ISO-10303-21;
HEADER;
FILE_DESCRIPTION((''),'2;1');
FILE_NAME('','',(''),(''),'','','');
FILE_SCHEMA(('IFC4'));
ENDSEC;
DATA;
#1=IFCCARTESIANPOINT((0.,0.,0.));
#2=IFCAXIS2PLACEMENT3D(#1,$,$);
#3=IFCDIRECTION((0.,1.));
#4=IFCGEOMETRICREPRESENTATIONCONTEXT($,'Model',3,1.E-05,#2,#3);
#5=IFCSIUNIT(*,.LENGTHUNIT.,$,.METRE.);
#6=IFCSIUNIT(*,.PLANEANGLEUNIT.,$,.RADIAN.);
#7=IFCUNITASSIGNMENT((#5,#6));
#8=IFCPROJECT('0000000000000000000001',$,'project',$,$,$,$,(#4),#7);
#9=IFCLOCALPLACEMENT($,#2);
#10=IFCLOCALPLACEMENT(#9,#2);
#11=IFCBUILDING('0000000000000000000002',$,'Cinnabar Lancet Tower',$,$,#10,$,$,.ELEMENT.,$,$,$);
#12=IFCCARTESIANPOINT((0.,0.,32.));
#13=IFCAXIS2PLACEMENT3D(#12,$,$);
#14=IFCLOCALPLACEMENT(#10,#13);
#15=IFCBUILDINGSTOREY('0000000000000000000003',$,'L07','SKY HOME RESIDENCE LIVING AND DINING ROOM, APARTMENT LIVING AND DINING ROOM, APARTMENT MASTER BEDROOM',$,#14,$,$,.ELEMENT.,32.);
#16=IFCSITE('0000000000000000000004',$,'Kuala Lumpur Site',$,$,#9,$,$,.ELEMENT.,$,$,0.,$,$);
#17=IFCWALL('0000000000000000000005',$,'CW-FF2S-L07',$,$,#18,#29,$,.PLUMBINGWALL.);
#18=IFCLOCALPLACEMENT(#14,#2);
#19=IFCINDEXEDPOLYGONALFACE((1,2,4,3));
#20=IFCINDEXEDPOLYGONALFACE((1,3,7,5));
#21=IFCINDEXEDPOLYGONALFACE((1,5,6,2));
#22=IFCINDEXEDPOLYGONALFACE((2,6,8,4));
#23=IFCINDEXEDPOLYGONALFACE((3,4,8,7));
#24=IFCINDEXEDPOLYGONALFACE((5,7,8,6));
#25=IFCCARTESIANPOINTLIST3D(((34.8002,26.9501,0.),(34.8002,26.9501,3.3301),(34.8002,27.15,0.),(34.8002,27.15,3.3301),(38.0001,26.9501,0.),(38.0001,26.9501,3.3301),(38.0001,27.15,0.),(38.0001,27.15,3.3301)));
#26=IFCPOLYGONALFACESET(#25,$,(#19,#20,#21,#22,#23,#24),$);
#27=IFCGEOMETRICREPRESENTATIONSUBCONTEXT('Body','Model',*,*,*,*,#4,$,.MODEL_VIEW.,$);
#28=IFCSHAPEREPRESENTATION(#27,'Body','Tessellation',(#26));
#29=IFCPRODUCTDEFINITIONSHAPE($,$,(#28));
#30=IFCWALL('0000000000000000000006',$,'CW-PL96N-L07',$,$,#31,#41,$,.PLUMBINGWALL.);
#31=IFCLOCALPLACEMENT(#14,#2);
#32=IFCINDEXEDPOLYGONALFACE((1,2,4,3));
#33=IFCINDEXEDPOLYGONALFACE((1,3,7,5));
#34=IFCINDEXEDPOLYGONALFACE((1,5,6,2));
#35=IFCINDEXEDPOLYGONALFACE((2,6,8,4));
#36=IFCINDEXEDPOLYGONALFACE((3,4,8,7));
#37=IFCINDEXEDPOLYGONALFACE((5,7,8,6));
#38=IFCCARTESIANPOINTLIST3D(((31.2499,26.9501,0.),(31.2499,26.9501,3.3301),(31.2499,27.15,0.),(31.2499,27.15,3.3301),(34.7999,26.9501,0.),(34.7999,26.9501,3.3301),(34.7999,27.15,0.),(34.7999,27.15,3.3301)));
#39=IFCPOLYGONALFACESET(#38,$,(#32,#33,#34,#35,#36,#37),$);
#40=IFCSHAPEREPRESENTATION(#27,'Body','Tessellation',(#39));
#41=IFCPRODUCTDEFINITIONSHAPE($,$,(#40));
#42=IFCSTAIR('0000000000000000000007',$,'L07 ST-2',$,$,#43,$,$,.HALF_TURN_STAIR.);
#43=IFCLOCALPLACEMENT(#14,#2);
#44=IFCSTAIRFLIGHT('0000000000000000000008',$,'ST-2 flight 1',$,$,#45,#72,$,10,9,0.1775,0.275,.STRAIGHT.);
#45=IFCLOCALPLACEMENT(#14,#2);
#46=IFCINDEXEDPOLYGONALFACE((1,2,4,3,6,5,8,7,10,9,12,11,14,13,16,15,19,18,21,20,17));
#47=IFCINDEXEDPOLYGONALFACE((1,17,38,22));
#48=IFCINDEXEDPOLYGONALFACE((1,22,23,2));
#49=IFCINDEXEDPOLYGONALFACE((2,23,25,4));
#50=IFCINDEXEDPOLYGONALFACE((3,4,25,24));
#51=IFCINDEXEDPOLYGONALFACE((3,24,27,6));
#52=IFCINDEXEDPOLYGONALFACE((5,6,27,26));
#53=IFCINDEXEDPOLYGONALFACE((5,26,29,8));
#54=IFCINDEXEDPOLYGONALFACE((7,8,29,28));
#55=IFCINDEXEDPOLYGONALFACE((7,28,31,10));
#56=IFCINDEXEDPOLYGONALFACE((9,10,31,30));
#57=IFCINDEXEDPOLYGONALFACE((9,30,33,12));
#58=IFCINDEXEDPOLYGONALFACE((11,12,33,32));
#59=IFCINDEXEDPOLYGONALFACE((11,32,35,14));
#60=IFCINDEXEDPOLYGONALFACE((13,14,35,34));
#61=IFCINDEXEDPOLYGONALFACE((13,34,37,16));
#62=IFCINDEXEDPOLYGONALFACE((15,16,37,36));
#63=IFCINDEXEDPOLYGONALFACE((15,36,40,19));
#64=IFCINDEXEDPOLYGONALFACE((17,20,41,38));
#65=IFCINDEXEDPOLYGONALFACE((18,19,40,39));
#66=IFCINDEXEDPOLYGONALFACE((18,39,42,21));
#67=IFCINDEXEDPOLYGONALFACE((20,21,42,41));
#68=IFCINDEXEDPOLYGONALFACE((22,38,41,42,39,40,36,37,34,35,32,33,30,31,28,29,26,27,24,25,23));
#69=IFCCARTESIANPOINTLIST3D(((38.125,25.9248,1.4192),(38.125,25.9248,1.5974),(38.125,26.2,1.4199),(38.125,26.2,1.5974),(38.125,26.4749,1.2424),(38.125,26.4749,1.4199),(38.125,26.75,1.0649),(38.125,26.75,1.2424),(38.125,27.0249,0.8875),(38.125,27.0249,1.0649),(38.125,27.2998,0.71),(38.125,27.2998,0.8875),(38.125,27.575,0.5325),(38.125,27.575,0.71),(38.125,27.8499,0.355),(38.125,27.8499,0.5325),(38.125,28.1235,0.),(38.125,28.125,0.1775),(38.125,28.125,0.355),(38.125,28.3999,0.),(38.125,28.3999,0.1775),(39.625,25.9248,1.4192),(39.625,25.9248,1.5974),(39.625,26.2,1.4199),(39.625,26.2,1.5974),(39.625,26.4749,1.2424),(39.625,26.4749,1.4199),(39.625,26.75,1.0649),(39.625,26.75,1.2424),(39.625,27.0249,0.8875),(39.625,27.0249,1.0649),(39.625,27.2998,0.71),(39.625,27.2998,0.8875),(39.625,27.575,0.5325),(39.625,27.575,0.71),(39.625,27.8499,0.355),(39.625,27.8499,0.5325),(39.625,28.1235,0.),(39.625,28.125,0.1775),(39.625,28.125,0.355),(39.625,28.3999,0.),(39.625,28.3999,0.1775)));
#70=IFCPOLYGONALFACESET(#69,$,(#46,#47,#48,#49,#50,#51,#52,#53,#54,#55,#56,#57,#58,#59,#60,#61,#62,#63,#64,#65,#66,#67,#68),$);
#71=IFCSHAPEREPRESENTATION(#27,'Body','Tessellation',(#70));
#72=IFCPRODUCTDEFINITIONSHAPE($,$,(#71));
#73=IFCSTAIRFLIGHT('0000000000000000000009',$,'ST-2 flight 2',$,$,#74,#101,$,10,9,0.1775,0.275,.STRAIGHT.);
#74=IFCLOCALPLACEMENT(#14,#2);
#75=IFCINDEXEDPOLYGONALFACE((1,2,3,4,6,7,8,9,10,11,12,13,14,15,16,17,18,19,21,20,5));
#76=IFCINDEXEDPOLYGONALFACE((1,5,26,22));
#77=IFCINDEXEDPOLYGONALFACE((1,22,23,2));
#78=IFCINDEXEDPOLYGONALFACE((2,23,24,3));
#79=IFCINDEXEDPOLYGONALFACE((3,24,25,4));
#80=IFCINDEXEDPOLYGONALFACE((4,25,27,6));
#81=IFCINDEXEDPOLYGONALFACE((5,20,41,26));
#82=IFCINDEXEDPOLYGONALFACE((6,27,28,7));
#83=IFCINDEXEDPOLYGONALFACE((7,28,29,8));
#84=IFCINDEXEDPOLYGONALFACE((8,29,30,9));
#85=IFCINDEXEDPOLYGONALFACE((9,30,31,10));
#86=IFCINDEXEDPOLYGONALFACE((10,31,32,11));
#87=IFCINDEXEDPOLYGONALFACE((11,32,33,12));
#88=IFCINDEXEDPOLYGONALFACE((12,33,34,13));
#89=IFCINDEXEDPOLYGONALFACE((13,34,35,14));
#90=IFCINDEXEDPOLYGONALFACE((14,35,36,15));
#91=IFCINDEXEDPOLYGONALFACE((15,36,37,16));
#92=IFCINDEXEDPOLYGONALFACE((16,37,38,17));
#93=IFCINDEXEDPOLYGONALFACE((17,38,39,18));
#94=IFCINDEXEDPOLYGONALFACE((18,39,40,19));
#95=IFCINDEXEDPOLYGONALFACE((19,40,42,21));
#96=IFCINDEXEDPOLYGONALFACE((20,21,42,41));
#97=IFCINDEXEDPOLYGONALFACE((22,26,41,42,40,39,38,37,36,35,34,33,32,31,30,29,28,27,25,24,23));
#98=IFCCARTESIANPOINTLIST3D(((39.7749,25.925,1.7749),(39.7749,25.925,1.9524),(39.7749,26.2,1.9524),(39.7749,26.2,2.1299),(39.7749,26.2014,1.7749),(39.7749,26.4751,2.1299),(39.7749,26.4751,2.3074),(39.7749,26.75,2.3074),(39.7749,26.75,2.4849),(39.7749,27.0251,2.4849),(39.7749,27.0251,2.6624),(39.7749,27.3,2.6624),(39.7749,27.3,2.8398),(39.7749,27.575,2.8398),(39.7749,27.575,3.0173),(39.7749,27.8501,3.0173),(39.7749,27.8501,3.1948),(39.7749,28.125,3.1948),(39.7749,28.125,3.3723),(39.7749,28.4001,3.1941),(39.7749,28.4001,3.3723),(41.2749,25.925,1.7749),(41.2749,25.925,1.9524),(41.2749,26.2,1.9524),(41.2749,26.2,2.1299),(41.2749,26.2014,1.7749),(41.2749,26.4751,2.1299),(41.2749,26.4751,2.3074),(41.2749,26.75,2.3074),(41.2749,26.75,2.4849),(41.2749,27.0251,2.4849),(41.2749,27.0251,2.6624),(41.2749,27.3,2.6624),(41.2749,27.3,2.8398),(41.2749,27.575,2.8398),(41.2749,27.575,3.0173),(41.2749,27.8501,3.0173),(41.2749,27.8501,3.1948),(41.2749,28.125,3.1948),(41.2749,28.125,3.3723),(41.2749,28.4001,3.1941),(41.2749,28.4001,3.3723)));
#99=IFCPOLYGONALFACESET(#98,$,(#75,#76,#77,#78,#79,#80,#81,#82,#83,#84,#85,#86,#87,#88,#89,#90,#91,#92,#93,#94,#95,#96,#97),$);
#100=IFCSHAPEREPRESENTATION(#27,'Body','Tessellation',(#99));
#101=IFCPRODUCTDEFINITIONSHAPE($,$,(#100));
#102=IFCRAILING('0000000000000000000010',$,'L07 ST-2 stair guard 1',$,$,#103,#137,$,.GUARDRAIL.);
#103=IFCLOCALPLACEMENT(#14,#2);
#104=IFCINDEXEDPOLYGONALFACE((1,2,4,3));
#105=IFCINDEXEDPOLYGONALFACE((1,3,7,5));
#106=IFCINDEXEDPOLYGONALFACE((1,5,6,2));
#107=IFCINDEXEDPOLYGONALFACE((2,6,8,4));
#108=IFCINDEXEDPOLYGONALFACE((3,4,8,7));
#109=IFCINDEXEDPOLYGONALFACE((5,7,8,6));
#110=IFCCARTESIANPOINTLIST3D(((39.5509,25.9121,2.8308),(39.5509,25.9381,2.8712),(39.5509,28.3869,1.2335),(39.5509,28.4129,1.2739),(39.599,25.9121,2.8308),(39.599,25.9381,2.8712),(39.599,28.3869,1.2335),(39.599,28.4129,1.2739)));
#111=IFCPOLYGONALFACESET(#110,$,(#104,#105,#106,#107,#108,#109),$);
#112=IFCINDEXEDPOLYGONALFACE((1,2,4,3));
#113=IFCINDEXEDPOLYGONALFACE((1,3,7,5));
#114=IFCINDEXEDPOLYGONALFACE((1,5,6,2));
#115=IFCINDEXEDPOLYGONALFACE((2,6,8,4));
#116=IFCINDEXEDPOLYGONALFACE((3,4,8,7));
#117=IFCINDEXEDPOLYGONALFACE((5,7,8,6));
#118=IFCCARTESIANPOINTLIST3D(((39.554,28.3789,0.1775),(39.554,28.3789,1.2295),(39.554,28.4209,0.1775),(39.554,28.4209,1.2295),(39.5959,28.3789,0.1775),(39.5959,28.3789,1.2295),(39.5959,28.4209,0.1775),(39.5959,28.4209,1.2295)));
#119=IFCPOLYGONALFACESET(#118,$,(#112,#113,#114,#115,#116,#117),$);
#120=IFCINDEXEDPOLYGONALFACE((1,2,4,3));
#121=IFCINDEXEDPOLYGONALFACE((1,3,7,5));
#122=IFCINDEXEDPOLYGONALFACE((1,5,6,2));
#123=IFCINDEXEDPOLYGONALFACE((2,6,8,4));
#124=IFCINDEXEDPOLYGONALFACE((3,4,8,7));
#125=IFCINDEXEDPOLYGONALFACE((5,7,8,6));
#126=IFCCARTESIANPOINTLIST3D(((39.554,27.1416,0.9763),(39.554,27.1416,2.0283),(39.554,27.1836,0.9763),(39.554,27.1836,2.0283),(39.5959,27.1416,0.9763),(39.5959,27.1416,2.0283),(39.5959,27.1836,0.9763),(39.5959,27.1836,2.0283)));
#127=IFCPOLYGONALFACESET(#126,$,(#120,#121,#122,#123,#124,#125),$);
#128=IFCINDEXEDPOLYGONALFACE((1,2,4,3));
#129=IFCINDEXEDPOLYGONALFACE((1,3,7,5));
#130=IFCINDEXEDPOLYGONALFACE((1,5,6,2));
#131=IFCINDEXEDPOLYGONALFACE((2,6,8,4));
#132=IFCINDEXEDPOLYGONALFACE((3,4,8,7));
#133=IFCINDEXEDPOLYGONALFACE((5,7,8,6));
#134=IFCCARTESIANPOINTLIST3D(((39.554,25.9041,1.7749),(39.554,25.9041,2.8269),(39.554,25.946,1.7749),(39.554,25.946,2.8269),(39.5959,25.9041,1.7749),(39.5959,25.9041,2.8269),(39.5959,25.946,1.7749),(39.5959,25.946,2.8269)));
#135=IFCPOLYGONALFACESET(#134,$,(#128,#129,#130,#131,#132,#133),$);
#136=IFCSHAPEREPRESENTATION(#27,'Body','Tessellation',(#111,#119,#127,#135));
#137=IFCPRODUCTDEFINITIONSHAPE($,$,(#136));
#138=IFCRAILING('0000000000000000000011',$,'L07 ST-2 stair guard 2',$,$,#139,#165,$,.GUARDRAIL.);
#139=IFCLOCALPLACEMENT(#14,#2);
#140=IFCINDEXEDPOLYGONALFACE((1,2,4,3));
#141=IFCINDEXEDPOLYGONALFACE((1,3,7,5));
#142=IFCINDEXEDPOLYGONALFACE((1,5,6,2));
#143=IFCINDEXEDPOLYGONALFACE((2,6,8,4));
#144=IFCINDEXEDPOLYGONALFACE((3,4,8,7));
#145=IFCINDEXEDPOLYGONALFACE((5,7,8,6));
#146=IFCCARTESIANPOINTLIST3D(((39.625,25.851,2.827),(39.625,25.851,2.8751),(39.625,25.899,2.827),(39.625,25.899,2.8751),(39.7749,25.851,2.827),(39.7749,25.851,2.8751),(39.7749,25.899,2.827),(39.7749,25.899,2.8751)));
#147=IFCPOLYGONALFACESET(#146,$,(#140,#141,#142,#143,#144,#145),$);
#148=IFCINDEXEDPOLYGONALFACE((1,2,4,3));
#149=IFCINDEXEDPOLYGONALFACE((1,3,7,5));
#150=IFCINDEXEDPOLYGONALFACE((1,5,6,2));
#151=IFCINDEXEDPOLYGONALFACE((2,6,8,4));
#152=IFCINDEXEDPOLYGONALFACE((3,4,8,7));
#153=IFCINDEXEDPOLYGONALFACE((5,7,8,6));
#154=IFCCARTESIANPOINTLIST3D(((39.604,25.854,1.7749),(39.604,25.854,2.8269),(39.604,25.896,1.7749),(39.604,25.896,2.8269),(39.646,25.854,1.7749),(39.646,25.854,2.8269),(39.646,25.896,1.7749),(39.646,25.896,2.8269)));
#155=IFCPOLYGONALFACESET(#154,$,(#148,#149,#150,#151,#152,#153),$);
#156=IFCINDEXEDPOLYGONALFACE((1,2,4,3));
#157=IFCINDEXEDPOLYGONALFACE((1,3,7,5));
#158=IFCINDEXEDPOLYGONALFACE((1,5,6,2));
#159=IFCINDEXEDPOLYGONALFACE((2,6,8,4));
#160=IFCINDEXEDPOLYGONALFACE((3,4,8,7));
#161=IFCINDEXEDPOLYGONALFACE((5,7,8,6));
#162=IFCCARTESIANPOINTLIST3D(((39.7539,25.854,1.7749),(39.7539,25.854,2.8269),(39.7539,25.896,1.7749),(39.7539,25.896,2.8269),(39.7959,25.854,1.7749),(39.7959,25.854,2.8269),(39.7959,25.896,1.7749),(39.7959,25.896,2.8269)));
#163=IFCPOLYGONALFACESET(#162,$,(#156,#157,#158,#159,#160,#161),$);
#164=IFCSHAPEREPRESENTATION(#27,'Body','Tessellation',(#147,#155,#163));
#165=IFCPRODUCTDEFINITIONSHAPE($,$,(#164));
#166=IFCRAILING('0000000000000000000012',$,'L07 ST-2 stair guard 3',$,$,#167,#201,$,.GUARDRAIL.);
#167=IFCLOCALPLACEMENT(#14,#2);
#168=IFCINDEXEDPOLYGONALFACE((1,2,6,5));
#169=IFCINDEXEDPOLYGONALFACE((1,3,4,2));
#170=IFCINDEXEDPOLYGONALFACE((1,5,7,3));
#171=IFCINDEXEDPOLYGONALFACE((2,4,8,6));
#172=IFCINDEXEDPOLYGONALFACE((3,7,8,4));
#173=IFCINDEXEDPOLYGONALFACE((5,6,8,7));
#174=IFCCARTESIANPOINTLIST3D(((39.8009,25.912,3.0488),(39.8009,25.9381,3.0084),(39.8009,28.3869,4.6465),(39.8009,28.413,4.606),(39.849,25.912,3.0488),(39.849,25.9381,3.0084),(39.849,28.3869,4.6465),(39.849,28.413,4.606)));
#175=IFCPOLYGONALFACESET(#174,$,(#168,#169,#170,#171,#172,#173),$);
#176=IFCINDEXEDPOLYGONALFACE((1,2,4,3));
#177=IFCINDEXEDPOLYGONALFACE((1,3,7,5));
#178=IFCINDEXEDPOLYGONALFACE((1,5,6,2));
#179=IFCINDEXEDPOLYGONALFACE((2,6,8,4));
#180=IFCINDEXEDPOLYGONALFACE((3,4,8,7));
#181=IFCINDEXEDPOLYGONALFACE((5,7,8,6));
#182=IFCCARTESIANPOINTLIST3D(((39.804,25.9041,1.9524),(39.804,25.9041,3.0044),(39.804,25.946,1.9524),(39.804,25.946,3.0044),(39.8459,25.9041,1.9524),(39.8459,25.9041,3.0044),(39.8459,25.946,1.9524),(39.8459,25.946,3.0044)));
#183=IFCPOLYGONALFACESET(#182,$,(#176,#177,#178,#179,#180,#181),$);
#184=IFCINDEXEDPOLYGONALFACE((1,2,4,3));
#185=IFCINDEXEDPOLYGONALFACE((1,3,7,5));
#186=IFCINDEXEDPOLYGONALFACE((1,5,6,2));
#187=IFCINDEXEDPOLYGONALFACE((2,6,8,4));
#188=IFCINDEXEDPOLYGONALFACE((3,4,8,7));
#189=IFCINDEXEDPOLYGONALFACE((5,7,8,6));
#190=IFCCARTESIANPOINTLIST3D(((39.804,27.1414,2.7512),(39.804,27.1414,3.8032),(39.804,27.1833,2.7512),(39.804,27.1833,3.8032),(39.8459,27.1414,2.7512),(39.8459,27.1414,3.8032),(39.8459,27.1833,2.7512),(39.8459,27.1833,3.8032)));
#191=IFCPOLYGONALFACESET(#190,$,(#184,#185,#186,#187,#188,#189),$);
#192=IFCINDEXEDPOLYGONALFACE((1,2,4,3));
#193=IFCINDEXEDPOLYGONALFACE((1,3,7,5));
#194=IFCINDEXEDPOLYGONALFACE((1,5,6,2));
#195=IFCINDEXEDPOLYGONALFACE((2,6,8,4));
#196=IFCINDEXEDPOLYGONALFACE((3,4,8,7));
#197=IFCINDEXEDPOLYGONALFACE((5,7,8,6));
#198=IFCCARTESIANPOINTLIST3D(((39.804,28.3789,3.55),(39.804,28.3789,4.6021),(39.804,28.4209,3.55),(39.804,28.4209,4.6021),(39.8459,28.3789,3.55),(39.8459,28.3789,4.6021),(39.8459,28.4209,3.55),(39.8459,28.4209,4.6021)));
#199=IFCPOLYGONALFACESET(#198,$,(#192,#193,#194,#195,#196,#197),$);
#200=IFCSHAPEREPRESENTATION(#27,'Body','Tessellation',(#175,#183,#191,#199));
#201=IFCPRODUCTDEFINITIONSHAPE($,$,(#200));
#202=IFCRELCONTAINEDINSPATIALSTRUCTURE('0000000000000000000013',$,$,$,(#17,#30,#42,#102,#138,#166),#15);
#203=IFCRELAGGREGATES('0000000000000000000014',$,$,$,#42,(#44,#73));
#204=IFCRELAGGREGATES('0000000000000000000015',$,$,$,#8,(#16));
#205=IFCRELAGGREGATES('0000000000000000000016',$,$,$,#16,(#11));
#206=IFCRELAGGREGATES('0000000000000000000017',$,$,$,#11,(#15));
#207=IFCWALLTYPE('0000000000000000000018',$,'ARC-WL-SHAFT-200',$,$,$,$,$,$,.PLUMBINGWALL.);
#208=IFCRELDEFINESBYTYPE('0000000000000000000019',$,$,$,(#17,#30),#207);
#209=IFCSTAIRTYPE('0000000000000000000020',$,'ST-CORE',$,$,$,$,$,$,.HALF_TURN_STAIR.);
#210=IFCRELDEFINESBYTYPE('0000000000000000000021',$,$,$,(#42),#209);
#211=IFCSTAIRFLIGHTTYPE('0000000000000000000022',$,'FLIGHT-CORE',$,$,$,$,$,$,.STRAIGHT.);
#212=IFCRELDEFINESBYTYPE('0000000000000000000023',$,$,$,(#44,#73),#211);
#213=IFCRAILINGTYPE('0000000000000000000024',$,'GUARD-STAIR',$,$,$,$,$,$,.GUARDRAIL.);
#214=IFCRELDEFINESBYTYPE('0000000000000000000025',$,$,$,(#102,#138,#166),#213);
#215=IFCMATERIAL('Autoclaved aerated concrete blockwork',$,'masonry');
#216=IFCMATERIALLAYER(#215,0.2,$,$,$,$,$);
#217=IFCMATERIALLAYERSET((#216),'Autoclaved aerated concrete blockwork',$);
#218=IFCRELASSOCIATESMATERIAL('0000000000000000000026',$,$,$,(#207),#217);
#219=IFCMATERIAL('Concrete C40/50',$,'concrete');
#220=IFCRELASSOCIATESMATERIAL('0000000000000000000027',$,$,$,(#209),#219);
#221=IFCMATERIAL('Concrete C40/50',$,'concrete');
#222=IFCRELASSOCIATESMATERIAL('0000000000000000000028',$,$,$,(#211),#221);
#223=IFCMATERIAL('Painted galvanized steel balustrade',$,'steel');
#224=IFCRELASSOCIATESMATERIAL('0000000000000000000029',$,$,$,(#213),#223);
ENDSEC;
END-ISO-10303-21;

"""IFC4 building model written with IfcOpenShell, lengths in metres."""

from ifc_helpers import new_model, si_unit, direction, frame, frame_2d, origin, origin_2d, place, context, subcontext, project, spatial, polyline, rectangle, outline, extrude, material, layer, layer_set, type_object, element, aggregate, save


model = new_model("IFC4")

# Units and contexts
model_context = context("Model", 3, precision=1e-05, world=origin(), true_north=direction((0.0, 1.0)))
body_context = subcontext(model_context, "Body", "Model", "MODEL_VIEW")
ifc_project = project(units=[si_unit("LENGTHUNIT", "METRE"), si_unit("PLANEANGLEUNIT", "RADIAN")], contexts=[model_context])

# Site, building, storey
site_placement = place(None, origin())
site = spatial("IfcSite", under=ifc_project, at=site_placement, Name="Kuala Lumpur Site", CompositionType="ELEMENT", RefElevation=0.0)
building_placement = place(site_placement, origin())
building = spatial("IfcBuilding", under=site, at=building_placement, Name="Cinnabar Lancet Tower", CompositionType="ELEMENT")
storey_placement = place(building_placement, frame((0.0, 0.0, 32.0)))
storey = spatial("IfcBuildingStorey", under=building, at=storey_placement, Name="L07", Description="SKY HOME RESIDENCE LIVING AND DINING ROOM, APARTMENT LIVING AND DINING ROOM, APARTMENT MASTER BEDROOM", CompositionType="ELEMENT", Elevation=32.0)

# Shared definitions
ifc_material_1 = material(Name="Autoclaved aerated concrete blockwork", Category="masonry")
ifc_layer = layer(ifc_material_1, 0.2)
ifc_layer_set = layer_set([ifc_layer], Name="Autoclaved aerated concrete blockwork")
wall_type = type_object("IfcWallType", Name="ARC-WL-SHAFT-200", PredefinedType="PLUMBINGWALL", material=ifc_layer_set)

# Walls
wall_1_placement = place(storey_placement, frame((34.8, 27.05, 0.0), z_axis=(0.0, 0.0, 1.0), x_axis=(1.0, 0.0, 0.0)))
element("IfcWall", 1, at=wall_1_placement, inside=storey, type_object=wall_type, Name="CW-FF2S-L07", PredefinedType="PLUMBINGWALL", context=body_context, shape_type="SweptSolid", body=[
    extrude(rectangle(XDim=3.2, YDim=0.2, at=frame_2d((1.6001, 0.0))), origin(), (0.0, 0.0, 1.0), 3.3301),
])
wall_2_placement = place(storey_placement, frame((31.25, 27.05, 0.0), z_axis=(0.0, 0.0, 1.0), x_axis=(1.0, 0.0, 0.0)))
element("IfcWall", 2, at=wall_2_placement, inside=storey, type_object=wall_type, Name="CW-PL96N-L07", PredefinedType="PLUMBINGWALL", context=body_context, shape_type="SweptSolid", body=[
    extrude(rectangle(XDim=3.55, YDim=0.2, at=frame_2d((1.7749, 0.0))), origin(), (0.0, 0.0, 1.0), 3.3301),
])

# Stair, stair flights
ifc_material_2 = material(Name="Concrete C40/50", Category="concrete")
stair_type = type_object("IfcStairType", Name="ST-CORE", PredefinedType="HALF_TURN_STAIR", material=ifc_material_2)
stair_placement = place(storey_placement, origin())
stair = element("IfcStair", 3, at=stair_placement, inside=storey, type_object=stair_type, Name="L07 ST-2", PredefinedType="HALF_TURN_STAIR")
ifc_material_3 = material(Name="Concrete C40/50", Category="concrete")
stair_flight_type = type_object("IfcStairFlightType", Name="FLIGHT-CORE", PredefinedType="STRAIGHT", material=ifc_material_3)
stair_flight_1_placement = place(storey_placement, frame((38.875, 28.3999, 0.0), z_axis=(0.0, 0.0, 1.0), x_axis=(0.0, -1.0, 0.0)))
stair_flight_1 = element("IfcStairFlight", 4, at=stair_flight_1_placement, type_object=stair_flight_type, Name="ST-2 flight 1", NumberOfRisers=10, NumberOfTreads=9, PredefinedType="STRAIGHT", RiserHeight=0.1775, TreadLength=0.275, context=body_context, shape_type="SweptSolid", body=[
    extrude(outline(polyline([(0.0, 0.0), (0.0, 0.1775), (0.2749, 0.1775), (0.2749, 0.355), (0.55, 0.355), (0.55, 0.5325), (0.825, 0.5325), (0.825, 0.71), (1.1001, 0.71), (1.1001, 0.8875), (1.375, 0.8875), (1.375, 1.0649), (1.6499, 1.0649), (1.6499, 1.2424), (1.925, 1.2424), (1.925, 1.4199), (2.2, 1.4199), (2.2, 1.5974), (2.4751, 1.5974), (2.4751, 1.7749), (2.4751, 1.4192), (0.2764, 0.0), (0.0, 0.0)])), frame((0.0, 0.75, 0.0), z_axis=(0.0, -1.0, 0.0), x_axis=(1.0, 0.0, 0.0)), (0.0, 0.0, 1.0), 1.5),
])
stair_flight_2_placement = place(storey_placement, frame((40.5249, 25.925, 1.7749), z_axis=(0.0, 0.0, 1.0), x_axis=(0.0, 1.0, 0.0)))
stair_flight_2 = element("IfcStairFlight", 5, at=stair_flight_2_placement, type_object=stair_flight_type, Name="ST-2 flight 2", NumberOfRisers=10, NumberOfTreads=9, PredefinedType="STRAIGHT", RiserHeight=0.1775, TreadLength=0.275, context=body_context, shape_type="SweptSolid", body=[
    extrude(outline(polyline([(0.0, 0.0), (0.0, 0.1775), (0.2749, 0.1775), (0.2749, 0.355), (0.55, 0.355), (0.55, 0.5325), (0.825, 0.5325), (0.825, 0.71), (1.1001, 0.71), (1.1001, 0.8875), (1.375, 0.8875), (1.375, 1.0649), (1.6499, 1.0649), (1.6499, 1.2424), (1.925, 1.2424), (1.925, 1.4199), (2.2, 1.4199), (2.2, 1.5974), (2.4751, 1.5974), (2.4751, 1.7749), (2.4751, 1.4192), (0.2764, 0.0), (0.0, 0.0)])), frame((0.0, 0.75, 0.0), z_axis=(0.0, -1.0, 0.0), x_axis=(1.0, 0.0, 0.0)), (0.0, 0.0, 1.0), 1.5),
])
aggregate(stair, [stair_flight_1, stair_flight_2])

# Railings
ifc_material_4 = material(Name="Painted galvanized steel balustrade", Category="steel")
railing_type_1 = type_object("IfcRailingType", Name="GUARD-STAIR", PredefinedType="GUARDRAIL", material=ifc_material_4)
railing_1_placement = place(storey_placement, frame((39.575, 28.3999, 0.1775)))
element("IfcRailing", 6, at=railing_1_placement, inside=storey, type_object=railing_type_1, Name="L07 ST-2 stair guard 1", PredefinedType="GUARDRAIL", context=body_context, shape_type="SweptSolid", body=[
    extrude(rectangle(XDim=0.0481, YDim=0.0481, at=origin_2d()), frame((0.0, 0.0, 1.0762), z_axis=(0.0, -0.840183, 0.542302), x_axis=(1.0, 0.0, 0.0)), (0.0, 0.0, 1.0), 2.9456),
    extrude(rectangle(XDim=0.042, YDim=0.042, at=origin_2d()), origin(), (0.0, 0.0, 1.0), 1.052),
    extrude(rectangle(XDim=0.042, YDim=0.042, at=origin_2d()), frame((0.0, -1.2373, 0.7988)), (0.0, 0.0, 1.0), 1.052),
    extrude(rectangle(XDim=0.042, YDim=0.042, at=origin_2d()), frame((0.0, -2.4749, 1.5974)), (0.0, 0.0, 1.0), 1.052),
])
railing_2_placement = place(storey_placement, frame((39.625, 25.875, 1.7749)))
element("IfcRailing", 7, at=railing_2_placement, inside=storey, type_object=railing_type_1, Name="L07 ST-2 stair guard 2", PredefinedType="GUARDRAIL", context=body_context, shape_type="SweptSolid", body=[
    extrude(rectangle(XDim=0.0481, YDim=0.0481, at=origin_2d()), frame((0.0, 0.0, 1.0762), z_axis=(1.0, 0.0, 0.0), x_axis=(0.0, 1.0, 0.0)), (0.0, 0.0, 1.0), 0.1499),
    extrude(rectangle(XDim=0.042, YDim=0.042, at=origin_2d()), origin(), (0.0, 0.0, 1.0), 1.052),
    extrude(rectangle(XDim=0.042, YDim=0.042, at=origin_2d()), frame((0.1499, 0.0, 0.0)), (0.0, 0.0, 1.0), 1.052),
])
railing_3_placement = place(storey_placement, frame((39.825, 25.925, 1.9524)))
element("IfcRailing", 8, at=railing_3_placement, inside=storey, type_object=railing_type_1, Name="L07 ST-2 stair guard 3", PredefinedType="GUARDRAIL", context=body_context, shape_type="SweptSolid", body=[
    extrude(rectangle(XDim=0.0481, YDim=0.0481, at=origin_2d()), frame((0.0, 0.0, 1.0762), z_axis=(0.0, 0.840146, 0.542361), x_axis=(-1.0, 0.0, 0.0)), (0.0, 0.0, 1.0), 2.9458),
    extrude(rectangle(XDim=0.042, YDim=0.042, at=origin_2d()), origin(), (0.0, 0.0, 1.0), 1.052),
    extrude(rectangle(XDim=0.042, YDim=0.042, at=origin_2d()), frame((0.0, 1.2373, 0.7988)), (0.0, 0.0, 1.0), 1.052),
    extrude(rectangle(XDim=0.042, YDim=0.042, at=origin_2d()), frame((0.0, 2.4749, 1.5977)), (0.0, 0.0, 1.0), 1.052),
])

save(model, "model.ifc")
